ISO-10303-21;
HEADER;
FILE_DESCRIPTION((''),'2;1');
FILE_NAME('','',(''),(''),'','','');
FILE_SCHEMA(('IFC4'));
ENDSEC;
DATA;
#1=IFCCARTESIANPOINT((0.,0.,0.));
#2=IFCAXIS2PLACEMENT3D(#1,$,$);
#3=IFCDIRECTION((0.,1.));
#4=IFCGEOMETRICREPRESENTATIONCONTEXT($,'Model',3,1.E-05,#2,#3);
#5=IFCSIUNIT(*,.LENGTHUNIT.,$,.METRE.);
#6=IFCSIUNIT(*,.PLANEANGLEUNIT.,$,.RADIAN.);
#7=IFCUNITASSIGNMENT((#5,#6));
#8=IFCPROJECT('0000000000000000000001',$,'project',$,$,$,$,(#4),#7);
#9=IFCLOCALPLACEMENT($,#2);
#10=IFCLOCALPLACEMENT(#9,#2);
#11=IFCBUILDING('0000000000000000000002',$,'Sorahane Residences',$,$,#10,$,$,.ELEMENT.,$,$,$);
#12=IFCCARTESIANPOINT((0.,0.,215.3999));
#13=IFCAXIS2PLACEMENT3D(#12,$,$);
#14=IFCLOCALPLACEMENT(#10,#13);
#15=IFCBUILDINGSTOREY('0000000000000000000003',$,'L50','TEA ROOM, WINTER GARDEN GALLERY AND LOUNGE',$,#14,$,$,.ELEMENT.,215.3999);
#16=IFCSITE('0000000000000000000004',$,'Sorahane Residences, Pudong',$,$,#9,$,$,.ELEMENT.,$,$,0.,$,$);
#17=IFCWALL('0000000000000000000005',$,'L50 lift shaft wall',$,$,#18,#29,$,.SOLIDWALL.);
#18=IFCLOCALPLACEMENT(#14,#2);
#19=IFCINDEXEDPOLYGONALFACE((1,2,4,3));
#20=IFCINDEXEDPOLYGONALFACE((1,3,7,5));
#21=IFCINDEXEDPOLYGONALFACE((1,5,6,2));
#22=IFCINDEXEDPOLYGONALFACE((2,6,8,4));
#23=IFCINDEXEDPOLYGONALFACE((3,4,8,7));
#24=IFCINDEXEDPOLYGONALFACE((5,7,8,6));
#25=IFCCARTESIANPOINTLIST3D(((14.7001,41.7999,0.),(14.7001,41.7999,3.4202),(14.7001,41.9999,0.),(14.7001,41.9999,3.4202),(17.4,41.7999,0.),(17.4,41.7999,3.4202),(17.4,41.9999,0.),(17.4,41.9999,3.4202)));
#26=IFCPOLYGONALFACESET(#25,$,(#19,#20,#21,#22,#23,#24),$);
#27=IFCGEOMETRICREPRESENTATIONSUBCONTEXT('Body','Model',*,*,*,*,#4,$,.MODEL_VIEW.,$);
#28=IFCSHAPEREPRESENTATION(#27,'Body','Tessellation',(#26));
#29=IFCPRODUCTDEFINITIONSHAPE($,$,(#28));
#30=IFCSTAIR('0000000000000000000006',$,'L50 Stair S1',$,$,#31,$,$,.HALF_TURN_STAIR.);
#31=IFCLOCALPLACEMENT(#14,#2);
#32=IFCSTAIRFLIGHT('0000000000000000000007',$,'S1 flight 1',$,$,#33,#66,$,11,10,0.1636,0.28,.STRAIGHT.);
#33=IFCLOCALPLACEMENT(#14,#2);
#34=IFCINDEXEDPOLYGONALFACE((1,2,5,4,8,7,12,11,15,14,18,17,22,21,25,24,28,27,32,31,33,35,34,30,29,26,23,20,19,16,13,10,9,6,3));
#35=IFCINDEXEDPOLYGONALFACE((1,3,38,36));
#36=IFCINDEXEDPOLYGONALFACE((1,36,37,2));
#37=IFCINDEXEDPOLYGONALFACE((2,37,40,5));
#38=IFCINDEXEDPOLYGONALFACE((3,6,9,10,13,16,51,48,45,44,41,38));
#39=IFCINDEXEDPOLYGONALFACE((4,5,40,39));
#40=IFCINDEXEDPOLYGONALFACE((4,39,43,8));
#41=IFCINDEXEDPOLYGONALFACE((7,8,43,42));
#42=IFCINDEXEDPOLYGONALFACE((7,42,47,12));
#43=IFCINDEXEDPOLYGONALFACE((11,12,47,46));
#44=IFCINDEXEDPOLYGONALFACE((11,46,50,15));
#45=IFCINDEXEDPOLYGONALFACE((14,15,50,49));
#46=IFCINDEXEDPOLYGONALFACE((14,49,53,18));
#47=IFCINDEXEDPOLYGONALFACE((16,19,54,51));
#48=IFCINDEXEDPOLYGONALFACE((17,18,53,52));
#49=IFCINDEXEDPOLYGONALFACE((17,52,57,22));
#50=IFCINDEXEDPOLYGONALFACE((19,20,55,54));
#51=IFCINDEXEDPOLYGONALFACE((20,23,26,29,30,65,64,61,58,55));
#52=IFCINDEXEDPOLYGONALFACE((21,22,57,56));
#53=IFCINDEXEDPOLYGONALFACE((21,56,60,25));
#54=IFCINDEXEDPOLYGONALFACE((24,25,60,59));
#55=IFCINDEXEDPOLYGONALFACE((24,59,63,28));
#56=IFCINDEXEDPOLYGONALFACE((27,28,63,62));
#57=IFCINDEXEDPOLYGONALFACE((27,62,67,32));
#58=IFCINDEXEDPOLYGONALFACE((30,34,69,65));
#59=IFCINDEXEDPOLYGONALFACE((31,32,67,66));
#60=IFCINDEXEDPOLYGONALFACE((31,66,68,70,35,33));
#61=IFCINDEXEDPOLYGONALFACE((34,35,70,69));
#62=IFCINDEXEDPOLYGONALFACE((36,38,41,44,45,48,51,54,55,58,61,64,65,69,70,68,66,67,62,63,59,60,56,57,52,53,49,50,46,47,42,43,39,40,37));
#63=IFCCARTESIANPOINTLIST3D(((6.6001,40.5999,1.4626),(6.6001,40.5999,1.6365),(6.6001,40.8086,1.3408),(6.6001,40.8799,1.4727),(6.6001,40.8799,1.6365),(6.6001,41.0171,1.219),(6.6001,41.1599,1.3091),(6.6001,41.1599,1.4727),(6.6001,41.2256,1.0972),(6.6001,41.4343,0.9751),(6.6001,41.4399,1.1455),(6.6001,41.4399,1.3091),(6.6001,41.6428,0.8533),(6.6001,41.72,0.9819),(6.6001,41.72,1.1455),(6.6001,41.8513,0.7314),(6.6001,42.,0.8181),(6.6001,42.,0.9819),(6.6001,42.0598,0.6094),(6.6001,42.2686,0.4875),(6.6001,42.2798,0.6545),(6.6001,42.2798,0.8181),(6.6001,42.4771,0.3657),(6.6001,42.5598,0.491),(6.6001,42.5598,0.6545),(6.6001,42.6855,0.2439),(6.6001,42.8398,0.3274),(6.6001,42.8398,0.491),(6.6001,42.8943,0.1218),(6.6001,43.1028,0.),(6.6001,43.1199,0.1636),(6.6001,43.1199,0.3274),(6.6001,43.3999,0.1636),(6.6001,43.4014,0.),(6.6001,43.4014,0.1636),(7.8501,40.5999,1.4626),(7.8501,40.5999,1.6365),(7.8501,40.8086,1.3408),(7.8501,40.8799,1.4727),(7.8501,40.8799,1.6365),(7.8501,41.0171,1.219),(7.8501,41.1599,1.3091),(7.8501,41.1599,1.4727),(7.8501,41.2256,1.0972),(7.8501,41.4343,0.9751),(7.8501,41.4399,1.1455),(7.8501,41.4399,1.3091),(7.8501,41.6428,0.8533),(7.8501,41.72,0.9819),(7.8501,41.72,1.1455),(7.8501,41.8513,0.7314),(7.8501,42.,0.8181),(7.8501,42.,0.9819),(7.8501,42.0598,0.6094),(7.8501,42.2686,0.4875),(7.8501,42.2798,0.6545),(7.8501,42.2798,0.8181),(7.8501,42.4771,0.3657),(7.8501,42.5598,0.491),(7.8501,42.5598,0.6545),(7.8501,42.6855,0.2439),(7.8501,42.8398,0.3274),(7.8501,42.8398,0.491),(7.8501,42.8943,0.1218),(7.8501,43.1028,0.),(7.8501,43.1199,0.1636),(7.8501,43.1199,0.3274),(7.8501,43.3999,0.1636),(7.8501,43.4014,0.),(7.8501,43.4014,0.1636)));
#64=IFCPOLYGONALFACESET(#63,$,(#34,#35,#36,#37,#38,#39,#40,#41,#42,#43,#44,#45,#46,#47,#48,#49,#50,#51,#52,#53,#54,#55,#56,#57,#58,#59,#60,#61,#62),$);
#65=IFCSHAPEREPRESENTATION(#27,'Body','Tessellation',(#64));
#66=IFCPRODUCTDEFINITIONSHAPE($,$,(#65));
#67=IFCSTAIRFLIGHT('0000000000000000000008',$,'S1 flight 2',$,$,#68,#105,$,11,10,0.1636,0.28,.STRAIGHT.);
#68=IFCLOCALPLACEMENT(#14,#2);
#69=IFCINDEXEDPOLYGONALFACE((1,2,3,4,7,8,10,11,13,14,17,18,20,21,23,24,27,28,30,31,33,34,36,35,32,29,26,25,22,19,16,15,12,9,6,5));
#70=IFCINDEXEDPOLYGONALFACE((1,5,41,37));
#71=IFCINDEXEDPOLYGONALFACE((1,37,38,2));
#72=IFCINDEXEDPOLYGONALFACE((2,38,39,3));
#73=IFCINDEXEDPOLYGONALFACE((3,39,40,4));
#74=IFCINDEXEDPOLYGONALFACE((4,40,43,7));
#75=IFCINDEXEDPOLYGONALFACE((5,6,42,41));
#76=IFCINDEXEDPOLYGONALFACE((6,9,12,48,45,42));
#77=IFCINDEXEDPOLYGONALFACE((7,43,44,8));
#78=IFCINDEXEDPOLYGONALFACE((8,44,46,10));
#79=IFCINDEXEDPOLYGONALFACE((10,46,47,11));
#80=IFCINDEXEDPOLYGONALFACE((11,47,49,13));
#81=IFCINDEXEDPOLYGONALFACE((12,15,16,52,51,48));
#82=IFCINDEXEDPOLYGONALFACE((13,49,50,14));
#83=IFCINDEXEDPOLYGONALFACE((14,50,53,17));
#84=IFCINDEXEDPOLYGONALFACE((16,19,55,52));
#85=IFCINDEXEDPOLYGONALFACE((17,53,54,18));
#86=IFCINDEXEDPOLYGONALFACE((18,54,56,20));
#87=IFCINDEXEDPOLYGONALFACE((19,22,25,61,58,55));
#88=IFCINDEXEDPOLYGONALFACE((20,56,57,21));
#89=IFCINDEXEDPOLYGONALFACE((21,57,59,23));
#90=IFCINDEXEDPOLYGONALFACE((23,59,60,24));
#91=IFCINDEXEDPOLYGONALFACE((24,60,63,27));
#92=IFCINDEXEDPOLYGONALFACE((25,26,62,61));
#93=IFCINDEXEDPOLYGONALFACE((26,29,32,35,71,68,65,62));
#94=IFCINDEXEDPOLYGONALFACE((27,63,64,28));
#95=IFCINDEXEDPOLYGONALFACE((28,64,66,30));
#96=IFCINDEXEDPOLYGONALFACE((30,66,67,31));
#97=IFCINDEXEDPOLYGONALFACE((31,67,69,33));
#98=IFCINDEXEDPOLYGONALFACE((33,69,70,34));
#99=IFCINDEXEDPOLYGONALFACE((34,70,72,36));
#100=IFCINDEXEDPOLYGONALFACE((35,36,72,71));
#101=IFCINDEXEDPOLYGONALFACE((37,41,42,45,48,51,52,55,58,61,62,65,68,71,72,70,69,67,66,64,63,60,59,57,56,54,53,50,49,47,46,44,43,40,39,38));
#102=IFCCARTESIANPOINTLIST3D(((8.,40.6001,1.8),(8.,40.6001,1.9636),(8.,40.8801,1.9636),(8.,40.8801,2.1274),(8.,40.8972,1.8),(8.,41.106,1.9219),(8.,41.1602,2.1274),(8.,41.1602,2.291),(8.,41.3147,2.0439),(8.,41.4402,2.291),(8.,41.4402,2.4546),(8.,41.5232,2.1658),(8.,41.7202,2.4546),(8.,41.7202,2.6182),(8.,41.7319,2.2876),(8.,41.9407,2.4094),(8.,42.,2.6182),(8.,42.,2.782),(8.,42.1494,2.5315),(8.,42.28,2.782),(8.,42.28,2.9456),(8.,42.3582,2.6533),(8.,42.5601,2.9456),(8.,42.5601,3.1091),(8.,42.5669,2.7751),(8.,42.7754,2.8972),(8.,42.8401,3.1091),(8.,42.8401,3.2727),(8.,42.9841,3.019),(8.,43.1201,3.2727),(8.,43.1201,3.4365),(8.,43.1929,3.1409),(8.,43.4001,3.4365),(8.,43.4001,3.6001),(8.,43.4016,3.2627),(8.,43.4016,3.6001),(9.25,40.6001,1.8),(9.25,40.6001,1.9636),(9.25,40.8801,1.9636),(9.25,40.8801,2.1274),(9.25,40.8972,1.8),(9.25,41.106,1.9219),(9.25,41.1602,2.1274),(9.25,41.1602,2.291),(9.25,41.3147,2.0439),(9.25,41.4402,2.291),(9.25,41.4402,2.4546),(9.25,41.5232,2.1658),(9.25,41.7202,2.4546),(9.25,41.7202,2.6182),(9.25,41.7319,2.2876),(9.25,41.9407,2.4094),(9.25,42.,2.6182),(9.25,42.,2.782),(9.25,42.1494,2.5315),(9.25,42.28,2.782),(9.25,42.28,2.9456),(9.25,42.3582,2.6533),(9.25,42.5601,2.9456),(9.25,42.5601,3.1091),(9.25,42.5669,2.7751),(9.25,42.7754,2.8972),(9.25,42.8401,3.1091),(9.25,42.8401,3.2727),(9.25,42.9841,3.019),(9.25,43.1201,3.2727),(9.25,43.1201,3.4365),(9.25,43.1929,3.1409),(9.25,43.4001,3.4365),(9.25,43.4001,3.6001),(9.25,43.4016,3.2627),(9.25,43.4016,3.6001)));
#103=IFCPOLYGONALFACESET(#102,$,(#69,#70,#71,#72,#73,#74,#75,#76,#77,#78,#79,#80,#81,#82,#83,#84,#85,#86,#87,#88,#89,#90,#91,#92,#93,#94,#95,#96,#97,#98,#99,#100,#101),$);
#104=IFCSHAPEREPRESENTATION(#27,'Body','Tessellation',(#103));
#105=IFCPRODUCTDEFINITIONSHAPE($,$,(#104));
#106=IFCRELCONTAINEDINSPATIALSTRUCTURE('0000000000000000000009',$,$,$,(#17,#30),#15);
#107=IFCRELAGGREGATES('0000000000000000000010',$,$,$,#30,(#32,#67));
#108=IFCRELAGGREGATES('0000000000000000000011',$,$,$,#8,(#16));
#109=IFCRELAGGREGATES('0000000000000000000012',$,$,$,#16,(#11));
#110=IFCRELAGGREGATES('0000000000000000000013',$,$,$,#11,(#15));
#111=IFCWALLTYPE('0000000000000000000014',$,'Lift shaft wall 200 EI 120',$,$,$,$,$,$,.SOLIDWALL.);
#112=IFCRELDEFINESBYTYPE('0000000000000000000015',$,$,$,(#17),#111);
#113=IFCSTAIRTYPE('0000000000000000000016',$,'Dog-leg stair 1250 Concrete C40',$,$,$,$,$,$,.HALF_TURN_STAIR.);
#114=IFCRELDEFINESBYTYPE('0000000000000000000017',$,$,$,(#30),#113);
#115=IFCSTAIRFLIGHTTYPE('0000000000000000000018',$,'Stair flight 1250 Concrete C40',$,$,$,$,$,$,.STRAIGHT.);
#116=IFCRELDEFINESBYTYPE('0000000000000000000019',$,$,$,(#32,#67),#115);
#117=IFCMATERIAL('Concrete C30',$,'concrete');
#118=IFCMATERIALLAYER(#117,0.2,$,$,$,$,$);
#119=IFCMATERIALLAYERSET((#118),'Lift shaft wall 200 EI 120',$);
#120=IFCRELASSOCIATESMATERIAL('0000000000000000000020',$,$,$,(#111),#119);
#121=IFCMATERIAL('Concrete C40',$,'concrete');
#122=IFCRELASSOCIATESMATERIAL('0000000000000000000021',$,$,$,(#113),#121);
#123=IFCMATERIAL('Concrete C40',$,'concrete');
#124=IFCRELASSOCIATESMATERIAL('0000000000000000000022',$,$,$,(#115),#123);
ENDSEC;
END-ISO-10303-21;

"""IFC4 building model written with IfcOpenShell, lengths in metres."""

from ifc_helpers import new_model, si_unit, direction, frame, frame_2d, origin, place, context, subcontext, project, spatial, polyline, rectangle, outline, extrude, material, layer, layer_set, type_object, element, aggregate, save


model = new_model("IFC4")

# Units and contexts
model_context = context("Model", 3, precision=1e-05, world=origin(), true_north=direction((0.0, 1.0)))
body_context = subcontext(model_context, "Body", "Model", "MODEL_VIEW")
ifc_project = project(units=[si_unit("LENGTHUNIT", "METRE"), si_unit("PLANEANGLEUNIT", "RADIAN")], contexts=[model_context])

# Site, building, storey
site_placement = place(None, origin())
site = spatial("IfcSite", under=ifc_project, at=site_placement, Name="Sorahane Residences, Pudong", CompositionType="ELEMENT", RefElevation=0.0)
building_placement = place(site_placement, origin())
building = spatial("IfcBuilding", under=site, at=building_placement, Name="Sorahane Residences", CompositionType="ELEMENT")
storey_placement = place(building_placement, frame((0.0, 0.0, 215.3999)))
storey = spatial("IfcBuildingStorey", under=building, at=storey_placement, Name="L50", Description="TEA ROOM, WINTER GARDEN GALLERY AND LOUNGE", CompositionType="ELEMENT", Elevation=215.3999)

# Wall
ifc_material_1 = material(Name="Concrete C30", Category="concrete")
ifc_layer_1 = layer(ifc_material_1, 0.2)
ifc_layer_set_1 = layer_set([ifc_layer_1], Name="Lift shaft wall 200 EI 120")
wall_type_1 = type_object("IfcWallType", Name="Lift shaft wall 200 EI 120", PredefinedType="SOLIDWALL", material=ifc_layer_set_1)
wall_1_placement = place(storey_placement, frame((14.7, 41.8999, 0.0), z_axis=(0.0, 0.0, 1.0), x_axis=(1.0, 0.0, 0.0)))
element("IfcWall", 1, at=wall_1_placement, inside=storey, type_object=wall_type_1, Name="L50 lift shaft wall", PredefinedType="SOLIDWALL", context=body_context, shape_type="SweptSolid", body=[
    extrude(rectangle(XDim=2.7, YDim=0.2, at=frame_2d((1.3501, 0.0))), origin(), (0.0, 0.0, 1.0), 3.4202),
])

# Stair, stair flights
ifc_material_2 = material(Name="Concrete C40", Category="concrete")
stair_type = type_object("IfcStairType", Name="Dog-leg stair 1250 Concrete C40", PredefinedType="HALF_TURN_STAIR", material=ifc_material_2)
stair_placement = place(storey_placement, origin())
stair = element("IfcStair", 2, at=stair_placement, inside=storey, type_object=stair_type, Name="L50 Stair S1", PredefinedType="HALF_TURN_STAIR")
ifc_material_3 = material(Name="Concrete C40", Category="concrete")
stair_flight_type = type_object("IfcStairFlightType", Name="Stair flight 1250 Concrete C40", PredefinedType="STRAIGHT", material=ifc_material_3)
stair_flight_1_placement = place(storey_placement, frame((7.2251, 43.3999, 0.0), z_axis=(0.0, 0.0, 1.0), x_axis=(0.0, -1.0, 0.0)))
stair_flight_1 = element("IfcStairFlight", 3, at=stair_flight_1_placement, type_object=stair_flight_type, Name="S1 flight 1", NumberOfRisers=11, NumberOfTreads=10, PredefinedType="STRAIGHT", RiserHeight=0.1636, TreadLength=0.28, context=body_context, shape_type="SweptSolid", body=[
    extrude(outline(polyline([(-0.0015, 0.0), (-0.0015, 0.1636), (0.0, 0.1636), (0.28, 0.1636), (0.28, 0.3274), (0.5601, 0.3274), (0.5601, 0.491), (0.8401, 0.491), (0.8401, 0.6545), (1.1201, 0.6545), (1.1201, 0.8181), (1.3999, 0.8181), (1.3999, 0.9819), (1.6799, 0.9819), (1.6799, 1.1455), (1.96, 1.1455), (1.96, 1.3091), (2.24, 1.3091), (2.24, 1.4727), (2.52, 1.4727), (2.52, 1.6365), (2.8, 1.6365), (2.8, 1.8), (2.8, 1.4626), (2.5913, 1.3408), (2.3828, 1.219), (2.1743, 1.0972), (1.9656, 0.9751), (1.7571, 0.8533), (1.5486, 0.7314), (1.3401, 0.6094), (1.1313, 0.4875), (0.9229, 0.3657), (0.7144, 0.2439), (0.5056, 0.1218), (0.2971, 0.0), (-0.0015, 0.0)])), frame((0.0, 0.625, 0.0), z_axis=(0.0, -1.0, 0.0), x_axis=(1.0, 0.0, 0.0)), (0.0, 0.0, 1.0), 1.25),
])
stair_flight_2_placement = place(storey_placement, frame((8.625, 40.6001, 1.8), z_axis=(0.0, 0.0, 1.0), x_axis=(0.0, 1.0, 0.0)))
stair_flight_2 = element("IfcStairFlight", 4, at=stair_flight_2_placement, type_object=stair_flight_type, Name="S1 flight 2", NumberOfRisers=11, NumberOfTreads=10, PredefinedType="STRAIGHT", RiserHeight=0.1636, TreadLength=0.28, context=body_context, shape_type="SweptSolid", body=[
    extrude(outline(polyline([(0.0, 0.0), (0.0, 0.1636), (0.28, 0.1636), (0.28, 0.3274), (0.5601, 0.3274), (0.5601, 0.491), (0.8401, 0.491), (0.8401, 0.6545), (1.1201, 0.6545), (1.1201, 0.8181), (1.3999, 0.8181), (1.3999, 0.9819), (1.6799, 0.9819), (1.6799, 1.1455), (1.96, 1.1455), (1.96, 1.3091), (2.24, 1.3091), (2.24, 1.4727), (2.52, 1.4727), (2.52, 1.6365), (2.8, 1.6365), (2.8, 1.8), (2.8015, 1.8), (2.8015, 1.4626), (2.5928, 1.3408), (2.384, 1.219), (2.1753, 1.0972), (1.9668, 0.9751), (1.7581, 0.8533), (1.5493, 0.7314), (1.3406, 0.6094), (1.1318, 0.4875), (0.9231, 0.3657), (0.7146, 0.2439), (0.5059, 0.1218), (0.2971, 0.0), (0.0, 0.0)])), frame((0.0, 0.625, 0.0), z_axis=(0.0, -1.0, 0.0), x_axis=(1.0, 0.0, 0.0)), (0.0, 0.0, 1.0), 1.25),
])
aggregate(stair, [stair_flight_1, stair_flight_2])

save(model, "model.ifc")
